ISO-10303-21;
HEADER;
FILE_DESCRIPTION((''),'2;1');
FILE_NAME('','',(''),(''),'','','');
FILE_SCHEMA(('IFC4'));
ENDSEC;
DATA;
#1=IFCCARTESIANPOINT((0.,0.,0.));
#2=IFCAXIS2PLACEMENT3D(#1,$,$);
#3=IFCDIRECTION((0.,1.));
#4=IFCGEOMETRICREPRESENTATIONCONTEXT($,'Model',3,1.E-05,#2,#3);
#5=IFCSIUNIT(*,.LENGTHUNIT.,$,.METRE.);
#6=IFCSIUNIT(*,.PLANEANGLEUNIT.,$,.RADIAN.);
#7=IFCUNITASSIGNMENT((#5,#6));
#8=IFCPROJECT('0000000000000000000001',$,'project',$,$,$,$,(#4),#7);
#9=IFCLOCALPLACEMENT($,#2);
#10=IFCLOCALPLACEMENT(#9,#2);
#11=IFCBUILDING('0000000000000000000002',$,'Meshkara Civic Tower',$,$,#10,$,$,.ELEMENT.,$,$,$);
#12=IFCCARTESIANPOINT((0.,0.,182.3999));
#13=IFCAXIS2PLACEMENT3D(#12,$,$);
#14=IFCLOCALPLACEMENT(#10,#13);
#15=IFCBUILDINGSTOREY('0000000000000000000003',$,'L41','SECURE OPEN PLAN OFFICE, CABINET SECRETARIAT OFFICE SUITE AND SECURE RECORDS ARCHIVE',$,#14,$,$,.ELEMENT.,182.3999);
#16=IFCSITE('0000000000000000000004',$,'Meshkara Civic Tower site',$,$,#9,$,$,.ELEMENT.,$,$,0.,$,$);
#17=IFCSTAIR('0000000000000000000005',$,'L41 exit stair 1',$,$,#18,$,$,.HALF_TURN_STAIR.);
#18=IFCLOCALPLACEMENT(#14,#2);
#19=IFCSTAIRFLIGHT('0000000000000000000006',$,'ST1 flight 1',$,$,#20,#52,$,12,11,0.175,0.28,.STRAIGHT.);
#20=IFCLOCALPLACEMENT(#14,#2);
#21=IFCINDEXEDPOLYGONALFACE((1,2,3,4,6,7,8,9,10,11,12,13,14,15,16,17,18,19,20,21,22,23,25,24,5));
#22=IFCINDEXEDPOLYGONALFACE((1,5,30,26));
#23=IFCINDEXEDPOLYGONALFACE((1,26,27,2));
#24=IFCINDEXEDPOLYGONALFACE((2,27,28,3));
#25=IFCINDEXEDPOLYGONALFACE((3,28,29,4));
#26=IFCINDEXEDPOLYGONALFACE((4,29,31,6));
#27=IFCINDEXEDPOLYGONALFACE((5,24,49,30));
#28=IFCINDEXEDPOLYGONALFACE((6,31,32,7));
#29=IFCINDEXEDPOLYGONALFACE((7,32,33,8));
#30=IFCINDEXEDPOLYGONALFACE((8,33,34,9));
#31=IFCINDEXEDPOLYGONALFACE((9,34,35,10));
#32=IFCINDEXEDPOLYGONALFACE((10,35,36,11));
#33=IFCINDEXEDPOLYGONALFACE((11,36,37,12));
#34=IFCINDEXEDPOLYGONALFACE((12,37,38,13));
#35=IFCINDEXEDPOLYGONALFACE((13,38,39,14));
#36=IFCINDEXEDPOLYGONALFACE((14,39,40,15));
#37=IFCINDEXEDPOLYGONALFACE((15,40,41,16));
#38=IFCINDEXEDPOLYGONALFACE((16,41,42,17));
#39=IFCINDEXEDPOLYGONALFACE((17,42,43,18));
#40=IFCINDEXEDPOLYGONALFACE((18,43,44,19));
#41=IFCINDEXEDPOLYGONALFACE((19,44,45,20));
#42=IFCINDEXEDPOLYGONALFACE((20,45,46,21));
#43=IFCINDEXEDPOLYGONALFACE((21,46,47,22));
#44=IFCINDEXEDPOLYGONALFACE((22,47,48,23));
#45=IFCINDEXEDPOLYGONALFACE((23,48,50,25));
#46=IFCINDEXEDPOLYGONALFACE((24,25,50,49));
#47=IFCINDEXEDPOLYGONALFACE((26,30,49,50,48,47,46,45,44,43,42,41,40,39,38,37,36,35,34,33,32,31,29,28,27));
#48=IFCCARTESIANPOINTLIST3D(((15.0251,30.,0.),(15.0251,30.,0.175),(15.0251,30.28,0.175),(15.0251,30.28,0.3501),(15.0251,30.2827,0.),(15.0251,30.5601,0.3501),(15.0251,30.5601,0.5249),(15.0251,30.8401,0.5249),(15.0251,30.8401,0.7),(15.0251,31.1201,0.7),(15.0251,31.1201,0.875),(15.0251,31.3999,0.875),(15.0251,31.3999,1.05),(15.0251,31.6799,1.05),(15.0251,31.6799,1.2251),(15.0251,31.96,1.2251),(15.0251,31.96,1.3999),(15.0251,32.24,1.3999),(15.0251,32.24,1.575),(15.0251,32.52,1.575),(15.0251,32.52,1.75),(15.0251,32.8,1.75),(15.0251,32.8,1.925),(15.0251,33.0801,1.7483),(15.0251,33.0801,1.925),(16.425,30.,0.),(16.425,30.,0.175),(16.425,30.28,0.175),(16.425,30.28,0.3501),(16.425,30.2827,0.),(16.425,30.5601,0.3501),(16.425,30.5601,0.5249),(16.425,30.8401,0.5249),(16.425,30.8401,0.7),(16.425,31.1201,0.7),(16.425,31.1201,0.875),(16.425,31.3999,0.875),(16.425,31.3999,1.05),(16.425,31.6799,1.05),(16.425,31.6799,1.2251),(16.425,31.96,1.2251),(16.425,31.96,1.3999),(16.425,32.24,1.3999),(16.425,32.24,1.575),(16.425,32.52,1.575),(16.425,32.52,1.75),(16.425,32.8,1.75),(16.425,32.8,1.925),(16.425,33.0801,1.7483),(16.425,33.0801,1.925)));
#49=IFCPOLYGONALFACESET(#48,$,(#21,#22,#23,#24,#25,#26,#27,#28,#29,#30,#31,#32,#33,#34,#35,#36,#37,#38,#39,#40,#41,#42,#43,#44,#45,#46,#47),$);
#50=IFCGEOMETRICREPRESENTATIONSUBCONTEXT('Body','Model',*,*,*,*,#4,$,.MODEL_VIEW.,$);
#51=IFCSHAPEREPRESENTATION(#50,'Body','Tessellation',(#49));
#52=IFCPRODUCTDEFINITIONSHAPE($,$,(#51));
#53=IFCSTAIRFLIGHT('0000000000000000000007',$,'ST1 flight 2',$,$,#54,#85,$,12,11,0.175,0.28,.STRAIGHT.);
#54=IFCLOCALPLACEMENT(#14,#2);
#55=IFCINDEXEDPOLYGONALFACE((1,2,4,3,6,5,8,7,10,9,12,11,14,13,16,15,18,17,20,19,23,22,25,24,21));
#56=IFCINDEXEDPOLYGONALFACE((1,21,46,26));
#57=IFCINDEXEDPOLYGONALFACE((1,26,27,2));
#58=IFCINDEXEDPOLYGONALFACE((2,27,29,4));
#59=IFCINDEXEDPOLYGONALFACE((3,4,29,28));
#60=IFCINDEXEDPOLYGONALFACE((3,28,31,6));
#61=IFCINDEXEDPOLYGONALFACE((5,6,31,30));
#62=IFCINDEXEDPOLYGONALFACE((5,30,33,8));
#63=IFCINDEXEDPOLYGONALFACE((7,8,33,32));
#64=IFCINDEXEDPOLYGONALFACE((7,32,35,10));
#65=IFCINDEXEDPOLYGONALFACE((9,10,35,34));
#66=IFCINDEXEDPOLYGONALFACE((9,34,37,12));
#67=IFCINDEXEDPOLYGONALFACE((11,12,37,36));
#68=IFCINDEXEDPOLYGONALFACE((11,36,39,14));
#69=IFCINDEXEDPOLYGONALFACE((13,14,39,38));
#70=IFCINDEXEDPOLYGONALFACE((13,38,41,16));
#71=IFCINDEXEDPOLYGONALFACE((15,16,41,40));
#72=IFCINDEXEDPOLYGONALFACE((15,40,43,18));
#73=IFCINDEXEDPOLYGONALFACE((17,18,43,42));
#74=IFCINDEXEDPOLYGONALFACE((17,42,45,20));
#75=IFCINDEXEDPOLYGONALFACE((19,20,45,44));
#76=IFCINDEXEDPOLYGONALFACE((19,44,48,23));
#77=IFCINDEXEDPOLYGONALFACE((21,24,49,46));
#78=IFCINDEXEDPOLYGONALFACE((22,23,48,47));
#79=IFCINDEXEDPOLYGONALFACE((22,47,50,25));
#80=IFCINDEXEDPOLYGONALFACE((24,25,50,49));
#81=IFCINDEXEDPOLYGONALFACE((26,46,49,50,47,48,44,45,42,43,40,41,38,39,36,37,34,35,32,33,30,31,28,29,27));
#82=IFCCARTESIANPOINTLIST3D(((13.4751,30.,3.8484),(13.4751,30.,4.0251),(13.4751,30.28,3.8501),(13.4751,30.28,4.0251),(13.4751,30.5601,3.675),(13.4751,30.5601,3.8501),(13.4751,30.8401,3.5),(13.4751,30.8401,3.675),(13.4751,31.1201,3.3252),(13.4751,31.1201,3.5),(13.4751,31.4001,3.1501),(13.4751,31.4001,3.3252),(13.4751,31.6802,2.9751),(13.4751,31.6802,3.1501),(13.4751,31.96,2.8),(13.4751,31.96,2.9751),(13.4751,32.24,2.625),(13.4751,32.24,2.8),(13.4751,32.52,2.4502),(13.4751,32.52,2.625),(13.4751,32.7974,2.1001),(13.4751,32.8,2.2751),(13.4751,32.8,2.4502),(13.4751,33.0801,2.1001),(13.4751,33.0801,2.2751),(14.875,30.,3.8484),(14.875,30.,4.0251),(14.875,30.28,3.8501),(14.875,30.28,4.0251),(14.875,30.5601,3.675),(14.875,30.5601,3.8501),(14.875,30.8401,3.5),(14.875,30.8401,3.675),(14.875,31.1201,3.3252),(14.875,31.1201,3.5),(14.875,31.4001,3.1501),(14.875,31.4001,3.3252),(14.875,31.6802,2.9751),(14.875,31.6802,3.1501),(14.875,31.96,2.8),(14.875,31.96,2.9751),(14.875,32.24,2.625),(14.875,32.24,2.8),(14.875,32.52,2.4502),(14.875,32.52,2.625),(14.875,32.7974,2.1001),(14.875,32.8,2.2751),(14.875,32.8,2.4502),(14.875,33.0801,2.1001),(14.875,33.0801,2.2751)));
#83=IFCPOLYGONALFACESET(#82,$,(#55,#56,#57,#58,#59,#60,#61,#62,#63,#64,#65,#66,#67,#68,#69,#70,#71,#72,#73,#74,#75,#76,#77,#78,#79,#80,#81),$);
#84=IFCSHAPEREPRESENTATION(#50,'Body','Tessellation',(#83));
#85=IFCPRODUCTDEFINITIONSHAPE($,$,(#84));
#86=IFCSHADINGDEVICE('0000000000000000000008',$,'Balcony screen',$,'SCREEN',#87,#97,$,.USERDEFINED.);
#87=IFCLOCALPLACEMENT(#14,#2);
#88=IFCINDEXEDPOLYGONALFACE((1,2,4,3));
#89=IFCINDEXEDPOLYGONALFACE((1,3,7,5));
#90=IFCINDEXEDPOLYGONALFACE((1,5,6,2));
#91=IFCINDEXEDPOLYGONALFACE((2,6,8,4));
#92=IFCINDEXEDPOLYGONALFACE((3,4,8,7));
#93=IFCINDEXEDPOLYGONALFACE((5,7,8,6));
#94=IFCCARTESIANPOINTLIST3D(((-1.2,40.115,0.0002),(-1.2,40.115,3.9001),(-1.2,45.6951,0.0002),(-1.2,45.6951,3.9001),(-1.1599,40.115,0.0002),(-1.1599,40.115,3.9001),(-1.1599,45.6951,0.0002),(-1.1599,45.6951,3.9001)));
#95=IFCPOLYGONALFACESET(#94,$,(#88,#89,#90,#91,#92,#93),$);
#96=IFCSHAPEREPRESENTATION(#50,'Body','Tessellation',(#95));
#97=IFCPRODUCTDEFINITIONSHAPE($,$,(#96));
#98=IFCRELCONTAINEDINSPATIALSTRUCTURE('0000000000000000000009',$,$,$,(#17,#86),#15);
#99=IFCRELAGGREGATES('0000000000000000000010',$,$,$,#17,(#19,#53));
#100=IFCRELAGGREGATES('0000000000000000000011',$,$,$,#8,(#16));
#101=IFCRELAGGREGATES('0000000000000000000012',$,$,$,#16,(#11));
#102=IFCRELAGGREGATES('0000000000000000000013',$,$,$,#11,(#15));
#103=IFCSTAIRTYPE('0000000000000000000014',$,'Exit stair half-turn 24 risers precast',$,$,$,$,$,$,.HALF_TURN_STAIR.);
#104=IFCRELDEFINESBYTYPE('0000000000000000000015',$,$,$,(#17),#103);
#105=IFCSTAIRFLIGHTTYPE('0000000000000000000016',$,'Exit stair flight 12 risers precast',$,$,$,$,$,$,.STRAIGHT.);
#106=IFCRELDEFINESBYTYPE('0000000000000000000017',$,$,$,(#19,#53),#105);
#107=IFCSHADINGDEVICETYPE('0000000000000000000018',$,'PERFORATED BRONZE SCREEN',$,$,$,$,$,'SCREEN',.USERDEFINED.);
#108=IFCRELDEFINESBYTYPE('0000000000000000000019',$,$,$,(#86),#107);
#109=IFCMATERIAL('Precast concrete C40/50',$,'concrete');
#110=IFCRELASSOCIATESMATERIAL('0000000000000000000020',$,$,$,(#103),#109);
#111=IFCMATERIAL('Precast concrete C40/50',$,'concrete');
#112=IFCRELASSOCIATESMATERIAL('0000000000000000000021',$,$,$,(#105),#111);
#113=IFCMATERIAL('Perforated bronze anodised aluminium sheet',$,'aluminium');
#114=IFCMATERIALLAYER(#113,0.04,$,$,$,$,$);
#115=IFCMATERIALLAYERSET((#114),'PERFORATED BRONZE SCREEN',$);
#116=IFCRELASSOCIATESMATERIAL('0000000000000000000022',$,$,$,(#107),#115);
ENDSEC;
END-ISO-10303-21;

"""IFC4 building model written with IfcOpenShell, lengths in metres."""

from ifc_helpers import new_model, si_unit, direction, frame, origin, origin_2d, place, context, subcontext, project, spatial, polyline, rectangle, outline, extrude, material, layer, layer_set, type_object, element, aggregate, save


model = new_model("IFC4")

# Units and contexts
model_context = context("Model", 3, precision=1e-05, world=origin(), true_north=direction((0.0, 1.0)))
body_context = subcontext(model_context, "Body", "Model", "MODEL_VIEW")
ifc_project = project(units=[si_unit("LENGTHUNIT", "METRE"), si_unit("PLANEANGLEUNIT", "RADIAN")], contexts=[model_context])

# Site, building, storey
site_placement = place(None, origin())
site = spatial("IfcSite", under=ifc_project, at=site_placement, Name="Meshkara Civic Tower site", CompositionType="ELEMENT", RefElevation=0.0)
building_placement = place(site_placement, origin())
building = spatial("IfcBuilding", under=site, at=building_placement, Name="Meshkara Civic Tower", CompositionType="ELEMENT")
storey_placement = place(building_placement, frame((0.0, 0.0, 182.3999)))
storey = spatial("IfcBuildingStorey", under=building, at=storey_placement, Name="L41", Description="SECURE OPEN PLAN OFFICE, CABINET SECRETARIAT OFFICE SUITE AND SECURE RECORDS ARCHIVE", CompositionType="ELEMENT", Elevation=182.3999)

# Stair, stair flights
ifc_material_1 = material(Name="Precast concrete C40/50", Category="concrete")
stair_type = type_object("IfcStairType", Name="Exit stair half-turn 24 risers precast", PredefinedType="HALF_TURN_STAIR", material=ifc_material_1)
stair_placement = place(storey_placement, origin())
stair = element("IfcStair", 1, at=stair_placement, inside=storey, type_object=stair_type, Name="L41 exit stair 1", PredefinedType="HALF_TURN_STAIR")
ifc_material_2 = material(Name="Precast concrete C40/50", Category="concrete")
stair_flight_type = type_object("IfcStairFlightType", Name="Exit stair flight 12 risers precast", PredefinedType="STRAIGHT", material=ifc_material_2)
stair_flight_1_placement = place(storey_placement, frame((15.7251, 30.0, 0.0), z_axis=(0.0, 0.0, 1.0), x_axis=(0.0, 1.0, 0.0)))
stair_flight_1 = element("IfcStairFlight", 2, at=stair_flight_1_placement, type_object=stair_flight_type, Name="ST1 flight 1", NumberOfRisers=12, NumberOfTreads=11, PredefinedType="STRAIGHT", RiserHeight=0.175, TreadLength=0.28, context=body_context, shape_type="SweptSolid", body=[
    extrude(outline(polyline([(0.0, 0.0), (0.0, 0.175), (0.28, 0.175), (0.28, 0.3501), (0.5601, 0.3501), (0.5601, 0.5249), (0.8401, 0.5249), (0.8401, 0.7), (1.1201, 0.7), (1.1201, 0.875), (1.3999, 0.875), (1.3999, 1.05), (1.6799, 1.05), (1.6799, 1.2251), (1.96, 1.2251), (1.96, 1.3999), (2.24, 1.3999), (2.24, 1.575), (2.52, 1.575), (2.52, 1.75), (2.8, 1.75), (2.8, 1.925), (3.0801, 1.925), (3.0801, 2.1001), (3.0801, 1.7483), (0.2827, 0.0), (0.0, 0.0)])), frame((0.0, 0.7, 0.0), z_axis=(0.0, -1.0, 0.0), x_axis=(1.0, 0.0, 0.0)), (0.0, 0.0, 1.0), 1.3999),
])
stair_flight_2_placement = place(storey_placement, frame((14.175, 33.0801, 2.1001), z_axis=(0.0, 0.0, 1.0), x_axis=(0.0, -1.0, 0.0)))
stair_flight_2 = element("IfcStairFlight", 3, at=stair_flight_2_placement, type_object=stair_flight_type, Name="ST1 flight 2", NumberOfRisers=12, NumberOfTreads=11, PredefinedType="STRAIGHT", RiserHeight=0.175, TreadLength=0.28, context=body_context, shape_type="SweptSolid", body=[
    extrude(outline(polyline([(0.0, 0.0), (0.0, 0.175), (0.28, 0.175), (0.28, 0.3501), (0.5601, 0.3501), (0.5601, 0.5249), (0.8401, 0.5249), (0.8401, 0.7), (1.1201, 0.7), (1.1201, 0.875), (1.3999, 0.875), (1.3999, 1.05), (1.6799, 1.05), (1.6799, 1.2251), (1.96, 1.2251), (1.96, 1.3999), (2.24, 1.3999), (2.24, 1.575), (2.52, 1.575), (2.52, 1.75), (2.8, 1.75), (2.8, 1.925), (3.0801, 1.925), (3.0801, 2.1001), (3.0801, 1.7483), (0.2827, 0.0), (0.0, 0.0)])), frame((0.0, 0.7, 0.0), z_axis=(0.0, -1.0, 0.0), x_axis=(1.0, 0.0, 0.0)), (0.0, 0.0, 1.0), 1.3999),
])
aggregate(stair, [stair_flight_1, stair_flight_2])

# Shading device
ifc_material_3 = material(Name="Perforated bronze anodised aluminium sheet", Category="aluminium")
ifc_layer_1 = layer(ifc_material_3, 0.04)
ifc_layer_set_1 = layer_set([ifc_layer_1], Name="PERFORATED BRONZE SCREEN")
shading_device_type = type_object("IfcShadingDeviceType", Name="PERFORATED BRONZE SCREEN", ElementType="SCREEN", PredefinedType="USERDEFINED", material=ifc_layer_set_1)
shading_device_placement = place(storey_placement, frame((-1.1799, 42.905, 0.0002), z_axis=(0.0, 0.0, 1.0), x_axis=(0.0, -1.0, 0.0)))
element("IfcShadingDevice", 4, at=shading_device_placement, inside=storey, type_object=shading_device_type, Name="Balcony screen", ObjectType="SCREEN", PredefinedType="USERDEFINED", context=body_context, shape_type="SweptSolid", body=[
    extrude(rectangle(XDim=5.5801, YDim=0.04, at=origin_2d()), origin(), (0.0, 0.0, 1.0), 3.8999),
])

save(model, "model.ifc")
